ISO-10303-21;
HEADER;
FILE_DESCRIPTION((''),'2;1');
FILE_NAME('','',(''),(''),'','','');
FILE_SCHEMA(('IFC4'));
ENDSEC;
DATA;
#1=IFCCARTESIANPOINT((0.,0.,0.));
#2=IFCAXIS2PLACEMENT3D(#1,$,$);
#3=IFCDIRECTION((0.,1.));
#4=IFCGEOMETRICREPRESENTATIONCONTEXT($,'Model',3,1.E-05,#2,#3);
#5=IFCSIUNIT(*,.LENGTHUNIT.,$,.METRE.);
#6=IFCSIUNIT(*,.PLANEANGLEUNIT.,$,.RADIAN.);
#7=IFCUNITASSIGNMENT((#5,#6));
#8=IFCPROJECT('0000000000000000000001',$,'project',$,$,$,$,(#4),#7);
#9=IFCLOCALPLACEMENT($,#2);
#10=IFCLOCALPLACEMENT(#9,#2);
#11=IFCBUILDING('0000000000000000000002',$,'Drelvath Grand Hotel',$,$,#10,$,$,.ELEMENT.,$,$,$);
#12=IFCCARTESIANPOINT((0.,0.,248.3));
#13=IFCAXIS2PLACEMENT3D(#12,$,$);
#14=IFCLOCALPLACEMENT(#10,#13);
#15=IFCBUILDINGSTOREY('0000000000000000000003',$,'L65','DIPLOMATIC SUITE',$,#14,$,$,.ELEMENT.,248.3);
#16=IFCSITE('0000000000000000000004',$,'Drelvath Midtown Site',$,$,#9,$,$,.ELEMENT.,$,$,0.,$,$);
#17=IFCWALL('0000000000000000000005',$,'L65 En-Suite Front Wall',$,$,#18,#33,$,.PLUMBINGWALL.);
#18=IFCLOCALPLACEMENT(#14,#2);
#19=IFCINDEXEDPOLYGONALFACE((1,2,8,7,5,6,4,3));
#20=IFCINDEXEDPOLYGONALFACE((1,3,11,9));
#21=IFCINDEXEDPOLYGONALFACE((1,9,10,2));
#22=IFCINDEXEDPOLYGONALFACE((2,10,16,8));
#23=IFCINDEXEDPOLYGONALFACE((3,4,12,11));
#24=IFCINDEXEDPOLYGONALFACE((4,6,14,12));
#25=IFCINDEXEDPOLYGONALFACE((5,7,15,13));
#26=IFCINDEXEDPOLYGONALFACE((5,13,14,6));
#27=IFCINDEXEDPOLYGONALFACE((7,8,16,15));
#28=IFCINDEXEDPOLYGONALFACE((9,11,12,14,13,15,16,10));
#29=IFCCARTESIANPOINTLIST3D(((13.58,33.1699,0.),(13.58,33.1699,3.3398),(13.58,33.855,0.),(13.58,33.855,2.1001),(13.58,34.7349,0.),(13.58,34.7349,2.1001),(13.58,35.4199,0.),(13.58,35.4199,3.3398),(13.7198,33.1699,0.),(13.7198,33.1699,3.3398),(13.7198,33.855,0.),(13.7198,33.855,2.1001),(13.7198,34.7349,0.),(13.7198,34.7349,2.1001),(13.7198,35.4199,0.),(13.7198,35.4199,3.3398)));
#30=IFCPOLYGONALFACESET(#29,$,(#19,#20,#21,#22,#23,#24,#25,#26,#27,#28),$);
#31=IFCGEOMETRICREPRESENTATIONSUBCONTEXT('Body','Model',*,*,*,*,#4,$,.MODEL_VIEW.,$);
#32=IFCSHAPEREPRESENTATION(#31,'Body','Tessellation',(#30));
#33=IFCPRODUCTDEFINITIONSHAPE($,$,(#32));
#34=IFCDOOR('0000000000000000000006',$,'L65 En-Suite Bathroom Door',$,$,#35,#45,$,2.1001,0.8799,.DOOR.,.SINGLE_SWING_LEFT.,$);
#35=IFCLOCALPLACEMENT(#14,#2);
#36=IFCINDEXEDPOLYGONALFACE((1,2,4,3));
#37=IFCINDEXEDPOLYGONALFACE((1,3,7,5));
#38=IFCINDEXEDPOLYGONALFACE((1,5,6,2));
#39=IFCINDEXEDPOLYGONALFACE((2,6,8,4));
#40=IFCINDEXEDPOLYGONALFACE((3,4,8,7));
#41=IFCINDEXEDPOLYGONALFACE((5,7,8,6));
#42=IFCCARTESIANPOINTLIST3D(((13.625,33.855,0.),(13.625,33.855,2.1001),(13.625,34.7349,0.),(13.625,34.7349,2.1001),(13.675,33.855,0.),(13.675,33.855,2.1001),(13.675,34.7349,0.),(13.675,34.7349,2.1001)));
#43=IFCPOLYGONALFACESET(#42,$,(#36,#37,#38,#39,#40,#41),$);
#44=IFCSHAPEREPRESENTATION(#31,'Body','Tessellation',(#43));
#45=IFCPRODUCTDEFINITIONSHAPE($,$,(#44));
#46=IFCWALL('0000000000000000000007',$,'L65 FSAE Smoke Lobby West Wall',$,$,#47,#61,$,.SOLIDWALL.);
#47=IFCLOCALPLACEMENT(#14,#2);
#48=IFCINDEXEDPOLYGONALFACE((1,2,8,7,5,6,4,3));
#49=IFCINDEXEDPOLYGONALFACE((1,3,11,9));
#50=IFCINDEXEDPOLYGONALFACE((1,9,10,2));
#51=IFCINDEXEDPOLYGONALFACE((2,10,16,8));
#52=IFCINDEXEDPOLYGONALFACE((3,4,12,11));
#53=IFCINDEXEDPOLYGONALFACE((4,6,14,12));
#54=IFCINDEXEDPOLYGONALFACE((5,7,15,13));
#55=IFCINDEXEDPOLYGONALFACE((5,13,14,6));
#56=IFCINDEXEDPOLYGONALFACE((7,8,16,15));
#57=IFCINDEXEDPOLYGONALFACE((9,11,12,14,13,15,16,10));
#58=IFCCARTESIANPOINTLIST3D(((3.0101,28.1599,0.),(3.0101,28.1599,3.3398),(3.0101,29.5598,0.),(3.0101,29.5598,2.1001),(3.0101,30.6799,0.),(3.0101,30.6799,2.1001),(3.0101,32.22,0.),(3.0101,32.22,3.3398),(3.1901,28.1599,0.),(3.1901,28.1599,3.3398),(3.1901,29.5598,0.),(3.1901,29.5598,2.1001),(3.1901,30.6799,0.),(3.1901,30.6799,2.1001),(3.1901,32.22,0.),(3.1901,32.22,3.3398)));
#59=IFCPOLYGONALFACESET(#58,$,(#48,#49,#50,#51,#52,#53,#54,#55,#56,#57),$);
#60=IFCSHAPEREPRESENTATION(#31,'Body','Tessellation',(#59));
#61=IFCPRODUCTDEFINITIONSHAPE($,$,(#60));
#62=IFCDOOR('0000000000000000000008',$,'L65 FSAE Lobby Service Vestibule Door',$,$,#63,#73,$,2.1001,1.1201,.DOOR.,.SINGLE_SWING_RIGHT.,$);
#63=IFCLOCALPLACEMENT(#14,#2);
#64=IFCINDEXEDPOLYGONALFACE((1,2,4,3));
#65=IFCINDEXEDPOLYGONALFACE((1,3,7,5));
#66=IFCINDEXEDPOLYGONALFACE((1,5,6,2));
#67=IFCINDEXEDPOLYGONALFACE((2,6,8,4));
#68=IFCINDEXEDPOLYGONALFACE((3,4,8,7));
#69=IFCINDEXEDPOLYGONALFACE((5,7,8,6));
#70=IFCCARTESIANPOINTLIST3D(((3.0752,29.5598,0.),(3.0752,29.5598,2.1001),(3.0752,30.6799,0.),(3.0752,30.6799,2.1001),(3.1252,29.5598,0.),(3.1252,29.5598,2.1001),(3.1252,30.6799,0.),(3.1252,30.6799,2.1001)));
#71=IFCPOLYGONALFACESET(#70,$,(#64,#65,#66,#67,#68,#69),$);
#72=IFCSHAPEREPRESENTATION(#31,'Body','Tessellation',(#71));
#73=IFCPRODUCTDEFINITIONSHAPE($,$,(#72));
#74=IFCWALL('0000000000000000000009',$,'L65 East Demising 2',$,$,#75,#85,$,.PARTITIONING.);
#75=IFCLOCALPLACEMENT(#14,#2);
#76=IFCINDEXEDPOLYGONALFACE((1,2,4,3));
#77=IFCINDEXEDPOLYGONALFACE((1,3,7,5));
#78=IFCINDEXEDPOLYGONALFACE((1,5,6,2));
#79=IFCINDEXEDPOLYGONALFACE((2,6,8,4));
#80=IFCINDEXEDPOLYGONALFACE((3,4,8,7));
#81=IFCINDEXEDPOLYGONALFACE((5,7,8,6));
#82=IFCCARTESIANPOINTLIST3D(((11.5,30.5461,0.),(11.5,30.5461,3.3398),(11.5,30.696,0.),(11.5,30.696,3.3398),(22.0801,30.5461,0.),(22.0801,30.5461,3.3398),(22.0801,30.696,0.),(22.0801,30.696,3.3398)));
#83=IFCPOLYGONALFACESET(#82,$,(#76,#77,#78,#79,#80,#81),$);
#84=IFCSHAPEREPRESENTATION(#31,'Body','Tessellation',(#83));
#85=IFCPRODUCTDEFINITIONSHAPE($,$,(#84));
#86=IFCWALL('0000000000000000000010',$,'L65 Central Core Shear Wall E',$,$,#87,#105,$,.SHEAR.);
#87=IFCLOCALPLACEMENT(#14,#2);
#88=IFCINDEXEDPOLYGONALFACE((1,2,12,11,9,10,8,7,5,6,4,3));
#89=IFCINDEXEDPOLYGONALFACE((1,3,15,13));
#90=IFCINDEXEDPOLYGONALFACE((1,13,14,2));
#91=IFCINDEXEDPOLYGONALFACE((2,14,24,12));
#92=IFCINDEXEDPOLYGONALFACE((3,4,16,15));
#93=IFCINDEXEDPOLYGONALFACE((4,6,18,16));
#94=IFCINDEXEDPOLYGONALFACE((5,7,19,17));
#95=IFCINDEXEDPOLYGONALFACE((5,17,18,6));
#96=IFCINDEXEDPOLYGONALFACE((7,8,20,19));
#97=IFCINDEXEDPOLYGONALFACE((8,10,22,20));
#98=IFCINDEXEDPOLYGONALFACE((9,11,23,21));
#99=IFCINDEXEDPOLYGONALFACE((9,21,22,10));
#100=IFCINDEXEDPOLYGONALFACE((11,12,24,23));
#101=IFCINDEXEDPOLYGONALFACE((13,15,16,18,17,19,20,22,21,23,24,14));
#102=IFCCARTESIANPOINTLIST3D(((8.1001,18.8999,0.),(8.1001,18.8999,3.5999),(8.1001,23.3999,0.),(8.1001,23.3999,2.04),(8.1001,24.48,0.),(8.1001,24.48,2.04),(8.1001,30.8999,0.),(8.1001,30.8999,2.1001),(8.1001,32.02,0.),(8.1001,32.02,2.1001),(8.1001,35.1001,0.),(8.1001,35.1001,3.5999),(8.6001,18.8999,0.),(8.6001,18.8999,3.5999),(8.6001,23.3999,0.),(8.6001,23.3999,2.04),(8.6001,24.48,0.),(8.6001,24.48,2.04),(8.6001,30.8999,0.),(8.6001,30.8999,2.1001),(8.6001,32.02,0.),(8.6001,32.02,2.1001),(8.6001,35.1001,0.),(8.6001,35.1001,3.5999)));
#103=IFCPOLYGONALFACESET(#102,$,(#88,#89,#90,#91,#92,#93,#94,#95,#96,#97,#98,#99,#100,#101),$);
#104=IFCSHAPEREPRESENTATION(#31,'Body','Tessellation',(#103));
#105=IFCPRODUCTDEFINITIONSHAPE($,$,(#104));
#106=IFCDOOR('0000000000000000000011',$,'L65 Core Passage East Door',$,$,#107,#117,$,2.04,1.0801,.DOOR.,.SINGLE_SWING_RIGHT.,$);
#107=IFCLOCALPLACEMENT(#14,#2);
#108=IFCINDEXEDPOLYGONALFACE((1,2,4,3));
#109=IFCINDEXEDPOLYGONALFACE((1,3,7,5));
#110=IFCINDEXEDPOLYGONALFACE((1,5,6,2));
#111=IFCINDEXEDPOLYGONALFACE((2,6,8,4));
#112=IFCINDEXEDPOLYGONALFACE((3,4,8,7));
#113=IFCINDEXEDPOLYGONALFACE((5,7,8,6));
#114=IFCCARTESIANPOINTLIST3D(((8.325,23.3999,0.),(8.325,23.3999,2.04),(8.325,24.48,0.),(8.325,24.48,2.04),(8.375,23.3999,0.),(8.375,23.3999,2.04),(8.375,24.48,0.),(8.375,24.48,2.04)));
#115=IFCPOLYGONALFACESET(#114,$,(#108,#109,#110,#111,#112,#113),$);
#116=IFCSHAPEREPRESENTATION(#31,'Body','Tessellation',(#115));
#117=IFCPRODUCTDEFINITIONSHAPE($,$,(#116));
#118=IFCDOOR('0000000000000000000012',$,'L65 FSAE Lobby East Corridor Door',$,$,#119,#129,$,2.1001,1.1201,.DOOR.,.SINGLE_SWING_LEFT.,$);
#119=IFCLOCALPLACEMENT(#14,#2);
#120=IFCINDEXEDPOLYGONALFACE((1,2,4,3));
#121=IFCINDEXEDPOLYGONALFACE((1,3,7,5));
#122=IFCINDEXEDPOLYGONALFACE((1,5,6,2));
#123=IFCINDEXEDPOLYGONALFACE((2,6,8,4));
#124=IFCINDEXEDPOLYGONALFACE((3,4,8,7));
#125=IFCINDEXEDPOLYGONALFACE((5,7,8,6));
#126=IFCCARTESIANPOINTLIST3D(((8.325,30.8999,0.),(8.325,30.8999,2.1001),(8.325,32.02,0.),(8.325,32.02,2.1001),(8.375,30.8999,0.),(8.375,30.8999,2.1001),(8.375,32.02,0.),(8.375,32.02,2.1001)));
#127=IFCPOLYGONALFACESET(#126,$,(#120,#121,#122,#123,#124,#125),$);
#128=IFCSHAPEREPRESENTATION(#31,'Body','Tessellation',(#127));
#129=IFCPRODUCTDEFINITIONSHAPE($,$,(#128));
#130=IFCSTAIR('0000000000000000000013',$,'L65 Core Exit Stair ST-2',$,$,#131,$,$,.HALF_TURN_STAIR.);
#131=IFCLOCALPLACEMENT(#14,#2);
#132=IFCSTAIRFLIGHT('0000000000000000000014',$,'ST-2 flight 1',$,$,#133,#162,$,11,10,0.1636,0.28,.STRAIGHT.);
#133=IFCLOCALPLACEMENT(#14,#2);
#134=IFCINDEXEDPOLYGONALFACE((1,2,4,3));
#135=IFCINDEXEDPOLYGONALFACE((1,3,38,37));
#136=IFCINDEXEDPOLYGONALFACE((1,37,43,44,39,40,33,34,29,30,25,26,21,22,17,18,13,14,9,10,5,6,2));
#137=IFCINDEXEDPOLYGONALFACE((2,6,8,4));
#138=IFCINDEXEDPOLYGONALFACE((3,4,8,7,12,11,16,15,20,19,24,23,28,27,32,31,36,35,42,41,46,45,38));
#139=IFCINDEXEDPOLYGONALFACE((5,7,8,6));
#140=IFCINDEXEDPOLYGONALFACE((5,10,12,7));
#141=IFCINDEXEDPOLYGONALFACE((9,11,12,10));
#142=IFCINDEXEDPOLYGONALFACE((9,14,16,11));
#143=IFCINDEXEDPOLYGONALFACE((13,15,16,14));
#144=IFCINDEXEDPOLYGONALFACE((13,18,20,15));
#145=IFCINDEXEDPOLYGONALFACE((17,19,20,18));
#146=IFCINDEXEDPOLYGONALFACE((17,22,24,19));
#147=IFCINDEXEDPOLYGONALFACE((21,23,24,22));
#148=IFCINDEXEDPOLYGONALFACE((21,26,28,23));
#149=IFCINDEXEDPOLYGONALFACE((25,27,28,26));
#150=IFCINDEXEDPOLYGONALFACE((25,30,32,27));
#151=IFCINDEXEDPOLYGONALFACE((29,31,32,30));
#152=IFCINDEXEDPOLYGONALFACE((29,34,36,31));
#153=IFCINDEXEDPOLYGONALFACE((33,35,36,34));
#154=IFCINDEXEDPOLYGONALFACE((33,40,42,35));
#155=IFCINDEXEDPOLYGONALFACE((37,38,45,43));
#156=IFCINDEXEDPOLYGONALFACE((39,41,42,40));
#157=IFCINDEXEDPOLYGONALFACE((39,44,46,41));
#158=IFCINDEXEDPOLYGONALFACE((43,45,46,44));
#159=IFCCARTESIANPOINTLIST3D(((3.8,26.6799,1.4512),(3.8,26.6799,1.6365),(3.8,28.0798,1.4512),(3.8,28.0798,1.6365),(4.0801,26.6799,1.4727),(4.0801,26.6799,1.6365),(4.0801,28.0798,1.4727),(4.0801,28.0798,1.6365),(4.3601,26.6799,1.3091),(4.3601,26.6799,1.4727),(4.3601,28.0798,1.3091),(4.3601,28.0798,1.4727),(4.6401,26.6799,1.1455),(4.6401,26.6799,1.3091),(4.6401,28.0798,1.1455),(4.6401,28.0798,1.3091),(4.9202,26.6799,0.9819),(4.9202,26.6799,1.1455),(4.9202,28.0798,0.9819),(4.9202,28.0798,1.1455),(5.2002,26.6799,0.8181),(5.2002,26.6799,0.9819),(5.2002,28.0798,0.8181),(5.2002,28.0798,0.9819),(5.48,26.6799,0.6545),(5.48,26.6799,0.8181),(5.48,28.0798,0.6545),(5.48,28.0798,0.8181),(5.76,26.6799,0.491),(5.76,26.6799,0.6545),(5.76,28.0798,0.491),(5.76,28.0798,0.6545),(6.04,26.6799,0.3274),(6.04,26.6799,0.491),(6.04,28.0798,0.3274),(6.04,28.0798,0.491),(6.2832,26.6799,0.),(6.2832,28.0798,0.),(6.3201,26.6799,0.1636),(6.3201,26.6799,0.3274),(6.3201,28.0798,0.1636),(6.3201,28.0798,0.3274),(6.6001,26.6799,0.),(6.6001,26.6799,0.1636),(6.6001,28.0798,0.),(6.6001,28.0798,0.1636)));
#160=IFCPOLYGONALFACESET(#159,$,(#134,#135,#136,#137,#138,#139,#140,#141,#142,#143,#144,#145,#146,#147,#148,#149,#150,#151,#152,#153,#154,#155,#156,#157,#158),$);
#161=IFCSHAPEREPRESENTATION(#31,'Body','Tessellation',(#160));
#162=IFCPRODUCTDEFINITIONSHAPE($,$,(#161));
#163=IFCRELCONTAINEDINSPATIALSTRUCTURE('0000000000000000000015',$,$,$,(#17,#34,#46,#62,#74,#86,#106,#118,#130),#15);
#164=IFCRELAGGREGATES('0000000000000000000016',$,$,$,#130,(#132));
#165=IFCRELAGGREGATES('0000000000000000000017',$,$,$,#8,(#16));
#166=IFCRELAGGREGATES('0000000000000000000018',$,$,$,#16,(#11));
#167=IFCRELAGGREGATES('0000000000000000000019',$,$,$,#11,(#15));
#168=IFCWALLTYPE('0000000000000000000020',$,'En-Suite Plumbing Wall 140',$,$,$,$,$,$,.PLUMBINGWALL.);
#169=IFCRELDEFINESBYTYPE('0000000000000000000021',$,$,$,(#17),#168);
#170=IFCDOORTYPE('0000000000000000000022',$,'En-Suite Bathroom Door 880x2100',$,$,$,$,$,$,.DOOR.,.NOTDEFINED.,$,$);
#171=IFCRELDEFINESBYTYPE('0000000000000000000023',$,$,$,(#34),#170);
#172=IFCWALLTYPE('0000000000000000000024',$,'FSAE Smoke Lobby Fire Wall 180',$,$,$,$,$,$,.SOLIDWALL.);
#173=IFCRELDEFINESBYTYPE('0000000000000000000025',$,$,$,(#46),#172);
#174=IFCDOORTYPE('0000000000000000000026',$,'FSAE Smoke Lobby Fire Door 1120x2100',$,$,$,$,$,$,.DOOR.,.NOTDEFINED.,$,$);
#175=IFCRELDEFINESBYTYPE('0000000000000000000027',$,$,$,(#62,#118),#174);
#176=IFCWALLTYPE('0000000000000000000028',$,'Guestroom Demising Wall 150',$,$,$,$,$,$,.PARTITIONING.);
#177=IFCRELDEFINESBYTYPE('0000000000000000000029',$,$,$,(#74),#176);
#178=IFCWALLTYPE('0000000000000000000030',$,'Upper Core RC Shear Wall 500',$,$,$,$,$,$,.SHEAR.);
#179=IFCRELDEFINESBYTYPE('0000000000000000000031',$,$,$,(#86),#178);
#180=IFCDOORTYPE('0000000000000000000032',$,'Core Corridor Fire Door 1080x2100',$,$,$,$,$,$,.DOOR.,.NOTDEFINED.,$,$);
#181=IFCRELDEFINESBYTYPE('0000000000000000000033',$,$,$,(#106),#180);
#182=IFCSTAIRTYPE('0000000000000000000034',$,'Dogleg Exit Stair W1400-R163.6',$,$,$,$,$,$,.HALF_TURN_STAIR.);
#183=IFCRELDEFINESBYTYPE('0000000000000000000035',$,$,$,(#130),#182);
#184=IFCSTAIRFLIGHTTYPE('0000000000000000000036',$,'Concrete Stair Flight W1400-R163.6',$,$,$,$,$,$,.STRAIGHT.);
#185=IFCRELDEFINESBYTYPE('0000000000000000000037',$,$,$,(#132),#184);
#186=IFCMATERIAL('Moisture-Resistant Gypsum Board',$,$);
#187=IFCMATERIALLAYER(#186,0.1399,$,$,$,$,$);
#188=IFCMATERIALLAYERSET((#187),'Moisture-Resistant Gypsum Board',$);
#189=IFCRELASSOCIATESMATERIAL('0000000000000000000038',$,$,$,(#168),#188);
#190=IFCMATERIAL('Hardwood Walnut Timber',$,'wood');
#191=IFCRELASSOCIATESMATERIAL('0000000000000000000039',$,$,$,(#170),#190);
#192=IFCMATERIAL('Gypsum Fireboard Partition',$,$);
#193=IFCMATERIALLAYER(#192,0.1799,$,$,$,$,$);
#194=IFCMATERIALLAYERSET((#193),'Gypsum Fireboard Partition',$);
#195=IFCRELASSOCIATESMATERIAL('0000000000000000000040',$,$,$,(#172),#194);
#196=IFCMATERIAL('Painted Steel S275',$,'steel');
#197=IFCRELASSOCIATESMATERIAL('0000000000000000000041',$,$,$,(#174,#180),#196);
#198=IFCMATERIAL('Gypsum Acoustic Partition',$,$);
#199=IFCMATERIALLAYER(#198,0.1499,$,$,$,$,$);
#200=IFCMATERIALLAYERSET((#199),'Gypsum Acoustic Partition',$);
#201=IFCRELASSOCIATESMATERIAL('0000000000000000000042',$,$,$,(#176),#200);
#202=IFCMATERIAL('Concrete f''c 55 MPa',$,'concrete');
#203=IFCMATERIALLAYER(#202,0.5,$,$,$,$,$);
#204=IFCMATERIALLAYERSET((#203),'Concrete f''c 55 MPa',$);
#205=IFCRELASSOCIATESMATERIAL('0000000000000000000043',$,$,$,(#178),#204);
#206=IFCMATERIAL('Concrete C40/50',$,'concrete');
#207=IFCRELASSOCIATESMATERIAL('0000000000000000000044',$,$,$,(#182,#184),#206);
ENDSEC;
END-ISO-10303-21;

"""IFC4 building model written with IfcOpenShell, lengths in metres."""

from ifc_helpers import new_model, si_unit, direction, frame, frame_2d, origin, place, context, subcontext, project, spatial, polyline, rectangle, outline, extrude, material, layer, layer_set, type_object, element, fill, aggregate, save


model = new_model("IFC4")

# Units and contexts
model_context = context("Model", 3, precision=1e-05, world=origin(), true_north=direction((0.0, 1.0)))
body_context = subcontext(model_context, "Body", "Model", "MODEL_VIEW")
ifc_project = project(units=[si_unit("LENGTHUNIT", "METRE"), si_unit("PLANEANGLEUNIT", "RADIAN")], contexts=[model_context])

# Site, building, storey
site_placement = place(None, origin())
site = spatial("IfcSite", under=ifc_project, at=site_placement, Name="Drelvath Midtown Site", CompositionType="ELEMENT", RefElevation=0.0)
building_placement = place(site_placement, origin())
building = spatial("IfcBuilding", under=site, at=building_placement, Name="Drelvath Grand Hotel", CompositionType="ELEMENT")
storey_placement = place(building_placement, frame((0.0, 0.0, 248.3)))
storey = spatial("IfcBuildingStorey", under=building, at=storey_placement, Name="L65", Description="DIPLOMATIC SUITE", CompositionType="ELEMENT", Elevation=248.3)

# Shared definitions
ifc_material_1 = material(Name="Concrete f'c 55 MPa", Category="concrete")

# Shared definitions
ifc_material_2 = material(Name="Concrete C40/50", Category="concrete")

# Shared definitions
ifc_material_3 = material(Name="Painted Steel S275", Category="steel")

# Shared definitions
ifc_material_4 = material(Name="Gypsum Fireboard Partition")
ifc_material_5 = material(Name="Moisture-Resistant Gypsum Board")
ifc_layer_1 = layer(ifc_material_5, 0.1399)
ifc_layer_set_1 = layer_set([ifc_layer_1], Name="Moisture-Resistant Gypsum Board")
wall_type_1 = type_object("IfcWallType", Name="En-Suite Plumbing Wall 140", PredefinedType="PLUMBINGWALL", material=ifc_layer_set_1)

# Walls, openings, doors
wall_1_placement = place(storey_placement, frame((13.6499, 33.1699, 0.0), z_axis=(0.0, 0.0, 1.0), x_axis=(0.0, 1.0, 0.0)))
wall_1 = element("IfcWall", 1, at=wall_1_placement, inside=storey, type_object=wall_type_1, Name="L65 En-Suite Front Wall", PredefinedType="PLUMBINGWALL", context=body_context, shape_type="SweptSolid", body=[
    extrude(rectangle(XDim=2.25, YDim=0.1399, at=frame_2d((1.125, 0.0))), origin(), (0.0, 0.0, 1.0), 3.3398),
])
opening_1_placement = place(wall_1_placement, frame((0.6851, 0.0, 0.0)))
opening_1 = element("IfcOpeningElement", 2, at=opening_1_placement, cuts=wall_1, PredefinedType="OPENING", context=body_context, shape_type="SweptSolid", body=[
    extrude(rectangle(XDim=0.8799, YDim=2.1001, at=frame_2d((0.4399, 1.05))), frame((0.0, 0.0798, 0.0), z_axis=(0.0, -1.0, 0.0), x_axis=(1.0, 0.0, 0.0)), (0.0, 0.0, 1.0), 0.1599),
])
ifc_material_6 = material(Name="Hardwood Walnut Timber", Category="wood")
door_type_1 = type_object("IfcDoorType", Name="En-Suite Bathroom Door 880x2100", OperationType="NOTDEFINED", PredefinedType="DOOR", material=ifc_material_6)
door_1_placement = place(opening_1_placement, origin())
door_1 = element("IfcDoor", 3, at=door_1_placement, inside=storey, type_object=door_type_1, Name="L65 En-Suite Bathroom Door", OperationType="SINGLE_SWING_LEFT", OverallHeight=2.1001, OverallWidth=0.8799, PredefinedType="DOOR", context=body_context, shape_type="SweptSolid", body=[
    extrude(rectangle(XDim=0.8799, YDim=2.1001, at=frame_2d((0.4399, 1.05))), frame((0.0, 0.0249, 0.0), z_axis=(0.0, -1.0, 0.0), x_axis=(1.0, 0.0, 0.0)), (0.0, 0.0, 1.0), 0.05),
])
fill(opening_1, door_1)
ifc_layer_2 = layer(ifc_material_4, 0.1799)
ifc_layer_set_2 = layer_set([ifc_layer_2], Name="Gypsum Fireboard Partition")
wall_type_2 = type_object("IfcWallType", Name="FSAE Smoke Lobby Fire Wall 180", PredefinedType="SOLIDWALL", material=ifc_layer_set_2)
wall_2_placement = place(storey_placement, frame((3.1001, 28.1599, 0.0), z_axis=(0.0, 0.0, 1.0), x_axis=(0.0, 1.0, 0.0)))
wall_2 = element("IfcWall", 4, at=wall_2_placement, inside=storey, type_object=wall_type_2, Name="L65 FSAE Smoke Lobby West Wall", PredefinedType="SOLIDWALL", context=body_context, shape_type="SweptSolid", body=[
    extrude(rectangle(XDim=4.0601, YDim=0.1799, at=frame_2d((2.03, 0.0))), origin(), (0.0, 0.0, 1.0), 3.3398),
])
opening_2_placement = place(wall_2_placement, frame((1.3999, 0.0, 0.0)))
opening_2 = element("IfcOpeningElement", 5, at=opening_2_placement, cuts=wall_2, PredefinedType="OPENING", context=body_context, shape_type="SweptSolid", body=[
    extrude(rectangle(XDim=1.1201, YDim=2.1001, at=frame_2d((0.5601, 1.05))), frame((0.0, 0.0999, 0.0), z_axis=(0.0, -1.0, 0.0), x_axis=(1.0, 0.0, 0.0)), (0.0, 0.0, 1.0), 0.2),
])
door_type_2 = type_object("IfcDoorType", Name="FSAE Smoke Lobby Fire Door 1120x2100", OperationType="NOTDEFINED", PredefinedType="DOOR", material=ifc_material_3)
door_2_placement = place(opening_2_placement, origin())
door_2 = element("IfcDoor", 6, at=door_2_placement, inside=storey, type_object=door_type_2, Name="L65 FSAE Lobby Service Vestibule Door", OperationType="SINGLE_SWING_RIGHT", OverallHeight=2.1001, OverallWidth=1.1201, PredefinedType="DOOR", context=body_context, shape_type="SweptSolid", body=[
    extrude(rectangle(XDim=1.1201, YDim=2.1001, at=frame_2d((0.5601, 1.05))), frame((0.0, 0.0249, 0.0), z_axis=(0.0, -1.0, 0.0), x_axis=(1.0, 0.0, 0.0)), (0.0, 0.0, 1.0), 0.05),
])
fill(opening_2, door_2)

# Wall
ifc_material_7 = material(Name="Gypsum Acoustic Partition")
ifc_layer_3 = layer(ifc_material_7, 0.1499)
ifc_layer_set_3 = layer_set([ifc_layer_3], Name="Gypsum Acoustic Partition")
wall_type_3 = type_object("IfcWallType", Name="Guestroom Demising Wall 150", PredefinedType="PARTITIONING", material=ifc_layer_set_3)
wall_3_placement = place(storey_placement, frame((11.5, 30.6211, 0.0), z_axis=(0.0, 0.0, 1.0), x_axis=(1.0, 0.0, 0.0)))
element("IfcWall", 7, at=wall_3_placement, inside=storey, type_object=wall_type_3, Name="L65 East Demising 2", PredefinedType="PARTITIONING", context=body_context, shape_type="SweptSolid", body=[
    extrude(rectangle(XDim=10.5801, YDim=0.1499, at=frame_2d((5.29, 0.0))), origin(), (0.0, 0.0, 1.0), 3.3398),
])

# Wall, openings, doors
ifc_layer_4 = layer(ifc_material_1, 0.5)
ifc_layer_set_4 = layer_set([ifc_layer_4], Name="Concrete f'c 55 MPa")
wall_type_4 = type_object("IfcWallType", Name="Upper Core RC Shear Wall 500", PredefinedType="SHEAR", material=ifc_layer_set_4)
wall_4_placement = place(storey_placement, frame((8.3501, 35.1001, 0.0), z_axis=(0.0, 0.0, 1.0), x_axis=(0.0, -1.0, 0.0)))
wall_4 = element("IfcWall", 8, at=wall_4_placement, inside=storey, type_object=wall_type_4, Name="L65 Central Core Shear Wall E", PredefinedType="SHEAR", context=body_context, shape_type="SweptSolid", body=[
    extrude(rectangle(XDim=16.2002, YDim=0.5, at=frame_2d((8.1001, 0.0))), origin(), (0.0, 0.0, 1.0), 3.5999),
])
opening_3_placement = place(wall_4_placement, frame((3.0801, 0.0, 0.0)))
opening_3 = element("IfcOpeningElement", 9, at=opening_3_placement, cuts=wall_4, PredefinedType="OPENING", context=body_context, shape_type="SweptSolid", body=[
    extrude(rectangle(XDim=1.1201, YDim=2.1001, at=frame_2d((0.5601, 1.05))), frame((0.0, 0.26, 0.0), z_axis=(0.0, -1.0, 0.0), x_axis=(1.0, 0.0, 0.0)), (0.0, 0.0, 1.0), 0.52),
])
opening_4_placement = place(wall_4_placement, frame((10.6201, 0.0, 0.0)))
opening_4 = element("IfcOpeningElement", 10, at=opening_4_placement, cuts=wall_4, PredefinedType="OPENING", context=body_context, shape_type="SweptSolid", body=[
    extrude(rectangle(XDim=1.0801, YDim=2.04, at=frame_2d((0.54, 1.02))), frame((0.0, 0.26, 0.0), z_axis=(0.0, -1.0, 0.0), x_axis=(1.0, 0.0, 0.0)), (0.0, 0.0, 1.0), 0.52),
])
door_type_3 = type_object("IfcDoorType", Name="Core Corridor Fire Door 1080x2100", OperationType="NOTDEFINED", PredefinedType="DOOR", material=ifc_material_3)
door_3_placement = place(opening_4_placement, origin())
door_3 = element("IfcDoor", 11, at=door_3_placement, inside=storey, type_object=door_type_3, Name="L65 Core Passage East Door", OperationType="SINGLE_SWING_RIGHT", OverallHeight=2.04, OverallWidth=1.0801, PredefinedType="DOOR", context=body_context, shape_type="SweptSolid", body=[
    extrude(rectangle(XDim=1.0801, YDim=2.04, at=frame_2d((0.54, 1.02))), frame((0.0, 0.0249, 0.0), z_axis=(0.0, -1.0, 0.0), x_axis=(1.0, 0.0, 0.0)), (0.0, 0.0, 1.0), 0.05),
])
fill(opening_4, door_3)
door_4_placement = place(opening_3_placement, origin())
door_4 = element("IfcDoor", 12, at=door_4_placement, inside=storey, type_object=door_type_2, Name="L65 FSAE Lobby East Corridor Door", OperationType="SINGLE_SWING_LEFT", OverallHeight=2.1001, OverallWidth=1.1201, PredefinedType="DOOR", context=body_context, shape_type="SweptSolid", body=[
    extrude(rectangle(XDim=1.1201, YDim=2.1001, at=frame_2d((0.5601, 1.05))), frame((0.0, 0.0249, 0.0), z_axis=(0.0, -1.0, 0.0), x_axis=(1.0, 0.0, 0.0)), (0.0, 0.0, 1.0), 0.05),
])
fill(opening_3, door_4)

# Stair, stair flight
stair_type = type_object("IfcStairType", Name="Dogleg Exit Stair W1400-R163.6", PredefinedType="HALF_TURN_STAIR", material=ifc_material_2)
stair_placement = place(storey_placement, origin())
stair = element("IfcStair", 13, at=stair_placement, inside=storey, type_object=stair_type, Name="L65 Core Exit Stair ST-2", PredefinedType="HALF_TURN_STAIR")
stair_flight_type = type_object("IfcStairFlightType", Name="Concrete Stair Flight W1400-R163.6", PredefinedType="STRAIGHT", material=ifc_material_2)
stair_flight_placement = place(storey_placement, frame((6.6001, 27.3799, 0.0), z_axis=(0.0, 0.0, 1.0), x_axis=(-1.0, 0.0, 0.0)))
stair_flight = element("IfcStairFlight", 14, at=stair_flight_placement, type_object=stair_flight_type, Name="ST-2 flight 1", NumberOfRisers=11, NumberOfTreads=10, PredefinedType="STRAIGHT", RiserHeight=0.1636, TreadLength=0.28, context=body_context, shape_type="SweptSolid", body=[
    extrude(outline(polyline([(0.0, 0.0), (0.0, 0.1636), (0.28, 0.1636), (0.28, 0.3274), (0.5601, 0.3274), (0.5601, 0.491), (0.8401, 0.491), (0.8401, 0.6545), (1.1201, 0.6545), (1.1201, 0.8181), (1.3999, 0.8181), (1.3999, 0.9819), (1.6799, 0.9819), (1.6799, 1.1455), (1.96, 1.1455), (1.96, 1.3091), (2.24, 1.3091), (2.24, 1.4727), (2.52, 1.4727), (2.52, 1.6365), (2.8, 1.6365), (2.8, 1.8), (2.8, 1.4512), (0.3169, 0.0), (0.0, 0.0)])), frame((0.0, 0.7, 0.0), z_axis=(0.0, -1.0, 0.0), x_axis=(1.0, 0.0, 0.0)), (0.0, 0.0, 1.0), 1.3999),
])
aggregate(stair, [stair_flight])

save(model, "model.ifc")
